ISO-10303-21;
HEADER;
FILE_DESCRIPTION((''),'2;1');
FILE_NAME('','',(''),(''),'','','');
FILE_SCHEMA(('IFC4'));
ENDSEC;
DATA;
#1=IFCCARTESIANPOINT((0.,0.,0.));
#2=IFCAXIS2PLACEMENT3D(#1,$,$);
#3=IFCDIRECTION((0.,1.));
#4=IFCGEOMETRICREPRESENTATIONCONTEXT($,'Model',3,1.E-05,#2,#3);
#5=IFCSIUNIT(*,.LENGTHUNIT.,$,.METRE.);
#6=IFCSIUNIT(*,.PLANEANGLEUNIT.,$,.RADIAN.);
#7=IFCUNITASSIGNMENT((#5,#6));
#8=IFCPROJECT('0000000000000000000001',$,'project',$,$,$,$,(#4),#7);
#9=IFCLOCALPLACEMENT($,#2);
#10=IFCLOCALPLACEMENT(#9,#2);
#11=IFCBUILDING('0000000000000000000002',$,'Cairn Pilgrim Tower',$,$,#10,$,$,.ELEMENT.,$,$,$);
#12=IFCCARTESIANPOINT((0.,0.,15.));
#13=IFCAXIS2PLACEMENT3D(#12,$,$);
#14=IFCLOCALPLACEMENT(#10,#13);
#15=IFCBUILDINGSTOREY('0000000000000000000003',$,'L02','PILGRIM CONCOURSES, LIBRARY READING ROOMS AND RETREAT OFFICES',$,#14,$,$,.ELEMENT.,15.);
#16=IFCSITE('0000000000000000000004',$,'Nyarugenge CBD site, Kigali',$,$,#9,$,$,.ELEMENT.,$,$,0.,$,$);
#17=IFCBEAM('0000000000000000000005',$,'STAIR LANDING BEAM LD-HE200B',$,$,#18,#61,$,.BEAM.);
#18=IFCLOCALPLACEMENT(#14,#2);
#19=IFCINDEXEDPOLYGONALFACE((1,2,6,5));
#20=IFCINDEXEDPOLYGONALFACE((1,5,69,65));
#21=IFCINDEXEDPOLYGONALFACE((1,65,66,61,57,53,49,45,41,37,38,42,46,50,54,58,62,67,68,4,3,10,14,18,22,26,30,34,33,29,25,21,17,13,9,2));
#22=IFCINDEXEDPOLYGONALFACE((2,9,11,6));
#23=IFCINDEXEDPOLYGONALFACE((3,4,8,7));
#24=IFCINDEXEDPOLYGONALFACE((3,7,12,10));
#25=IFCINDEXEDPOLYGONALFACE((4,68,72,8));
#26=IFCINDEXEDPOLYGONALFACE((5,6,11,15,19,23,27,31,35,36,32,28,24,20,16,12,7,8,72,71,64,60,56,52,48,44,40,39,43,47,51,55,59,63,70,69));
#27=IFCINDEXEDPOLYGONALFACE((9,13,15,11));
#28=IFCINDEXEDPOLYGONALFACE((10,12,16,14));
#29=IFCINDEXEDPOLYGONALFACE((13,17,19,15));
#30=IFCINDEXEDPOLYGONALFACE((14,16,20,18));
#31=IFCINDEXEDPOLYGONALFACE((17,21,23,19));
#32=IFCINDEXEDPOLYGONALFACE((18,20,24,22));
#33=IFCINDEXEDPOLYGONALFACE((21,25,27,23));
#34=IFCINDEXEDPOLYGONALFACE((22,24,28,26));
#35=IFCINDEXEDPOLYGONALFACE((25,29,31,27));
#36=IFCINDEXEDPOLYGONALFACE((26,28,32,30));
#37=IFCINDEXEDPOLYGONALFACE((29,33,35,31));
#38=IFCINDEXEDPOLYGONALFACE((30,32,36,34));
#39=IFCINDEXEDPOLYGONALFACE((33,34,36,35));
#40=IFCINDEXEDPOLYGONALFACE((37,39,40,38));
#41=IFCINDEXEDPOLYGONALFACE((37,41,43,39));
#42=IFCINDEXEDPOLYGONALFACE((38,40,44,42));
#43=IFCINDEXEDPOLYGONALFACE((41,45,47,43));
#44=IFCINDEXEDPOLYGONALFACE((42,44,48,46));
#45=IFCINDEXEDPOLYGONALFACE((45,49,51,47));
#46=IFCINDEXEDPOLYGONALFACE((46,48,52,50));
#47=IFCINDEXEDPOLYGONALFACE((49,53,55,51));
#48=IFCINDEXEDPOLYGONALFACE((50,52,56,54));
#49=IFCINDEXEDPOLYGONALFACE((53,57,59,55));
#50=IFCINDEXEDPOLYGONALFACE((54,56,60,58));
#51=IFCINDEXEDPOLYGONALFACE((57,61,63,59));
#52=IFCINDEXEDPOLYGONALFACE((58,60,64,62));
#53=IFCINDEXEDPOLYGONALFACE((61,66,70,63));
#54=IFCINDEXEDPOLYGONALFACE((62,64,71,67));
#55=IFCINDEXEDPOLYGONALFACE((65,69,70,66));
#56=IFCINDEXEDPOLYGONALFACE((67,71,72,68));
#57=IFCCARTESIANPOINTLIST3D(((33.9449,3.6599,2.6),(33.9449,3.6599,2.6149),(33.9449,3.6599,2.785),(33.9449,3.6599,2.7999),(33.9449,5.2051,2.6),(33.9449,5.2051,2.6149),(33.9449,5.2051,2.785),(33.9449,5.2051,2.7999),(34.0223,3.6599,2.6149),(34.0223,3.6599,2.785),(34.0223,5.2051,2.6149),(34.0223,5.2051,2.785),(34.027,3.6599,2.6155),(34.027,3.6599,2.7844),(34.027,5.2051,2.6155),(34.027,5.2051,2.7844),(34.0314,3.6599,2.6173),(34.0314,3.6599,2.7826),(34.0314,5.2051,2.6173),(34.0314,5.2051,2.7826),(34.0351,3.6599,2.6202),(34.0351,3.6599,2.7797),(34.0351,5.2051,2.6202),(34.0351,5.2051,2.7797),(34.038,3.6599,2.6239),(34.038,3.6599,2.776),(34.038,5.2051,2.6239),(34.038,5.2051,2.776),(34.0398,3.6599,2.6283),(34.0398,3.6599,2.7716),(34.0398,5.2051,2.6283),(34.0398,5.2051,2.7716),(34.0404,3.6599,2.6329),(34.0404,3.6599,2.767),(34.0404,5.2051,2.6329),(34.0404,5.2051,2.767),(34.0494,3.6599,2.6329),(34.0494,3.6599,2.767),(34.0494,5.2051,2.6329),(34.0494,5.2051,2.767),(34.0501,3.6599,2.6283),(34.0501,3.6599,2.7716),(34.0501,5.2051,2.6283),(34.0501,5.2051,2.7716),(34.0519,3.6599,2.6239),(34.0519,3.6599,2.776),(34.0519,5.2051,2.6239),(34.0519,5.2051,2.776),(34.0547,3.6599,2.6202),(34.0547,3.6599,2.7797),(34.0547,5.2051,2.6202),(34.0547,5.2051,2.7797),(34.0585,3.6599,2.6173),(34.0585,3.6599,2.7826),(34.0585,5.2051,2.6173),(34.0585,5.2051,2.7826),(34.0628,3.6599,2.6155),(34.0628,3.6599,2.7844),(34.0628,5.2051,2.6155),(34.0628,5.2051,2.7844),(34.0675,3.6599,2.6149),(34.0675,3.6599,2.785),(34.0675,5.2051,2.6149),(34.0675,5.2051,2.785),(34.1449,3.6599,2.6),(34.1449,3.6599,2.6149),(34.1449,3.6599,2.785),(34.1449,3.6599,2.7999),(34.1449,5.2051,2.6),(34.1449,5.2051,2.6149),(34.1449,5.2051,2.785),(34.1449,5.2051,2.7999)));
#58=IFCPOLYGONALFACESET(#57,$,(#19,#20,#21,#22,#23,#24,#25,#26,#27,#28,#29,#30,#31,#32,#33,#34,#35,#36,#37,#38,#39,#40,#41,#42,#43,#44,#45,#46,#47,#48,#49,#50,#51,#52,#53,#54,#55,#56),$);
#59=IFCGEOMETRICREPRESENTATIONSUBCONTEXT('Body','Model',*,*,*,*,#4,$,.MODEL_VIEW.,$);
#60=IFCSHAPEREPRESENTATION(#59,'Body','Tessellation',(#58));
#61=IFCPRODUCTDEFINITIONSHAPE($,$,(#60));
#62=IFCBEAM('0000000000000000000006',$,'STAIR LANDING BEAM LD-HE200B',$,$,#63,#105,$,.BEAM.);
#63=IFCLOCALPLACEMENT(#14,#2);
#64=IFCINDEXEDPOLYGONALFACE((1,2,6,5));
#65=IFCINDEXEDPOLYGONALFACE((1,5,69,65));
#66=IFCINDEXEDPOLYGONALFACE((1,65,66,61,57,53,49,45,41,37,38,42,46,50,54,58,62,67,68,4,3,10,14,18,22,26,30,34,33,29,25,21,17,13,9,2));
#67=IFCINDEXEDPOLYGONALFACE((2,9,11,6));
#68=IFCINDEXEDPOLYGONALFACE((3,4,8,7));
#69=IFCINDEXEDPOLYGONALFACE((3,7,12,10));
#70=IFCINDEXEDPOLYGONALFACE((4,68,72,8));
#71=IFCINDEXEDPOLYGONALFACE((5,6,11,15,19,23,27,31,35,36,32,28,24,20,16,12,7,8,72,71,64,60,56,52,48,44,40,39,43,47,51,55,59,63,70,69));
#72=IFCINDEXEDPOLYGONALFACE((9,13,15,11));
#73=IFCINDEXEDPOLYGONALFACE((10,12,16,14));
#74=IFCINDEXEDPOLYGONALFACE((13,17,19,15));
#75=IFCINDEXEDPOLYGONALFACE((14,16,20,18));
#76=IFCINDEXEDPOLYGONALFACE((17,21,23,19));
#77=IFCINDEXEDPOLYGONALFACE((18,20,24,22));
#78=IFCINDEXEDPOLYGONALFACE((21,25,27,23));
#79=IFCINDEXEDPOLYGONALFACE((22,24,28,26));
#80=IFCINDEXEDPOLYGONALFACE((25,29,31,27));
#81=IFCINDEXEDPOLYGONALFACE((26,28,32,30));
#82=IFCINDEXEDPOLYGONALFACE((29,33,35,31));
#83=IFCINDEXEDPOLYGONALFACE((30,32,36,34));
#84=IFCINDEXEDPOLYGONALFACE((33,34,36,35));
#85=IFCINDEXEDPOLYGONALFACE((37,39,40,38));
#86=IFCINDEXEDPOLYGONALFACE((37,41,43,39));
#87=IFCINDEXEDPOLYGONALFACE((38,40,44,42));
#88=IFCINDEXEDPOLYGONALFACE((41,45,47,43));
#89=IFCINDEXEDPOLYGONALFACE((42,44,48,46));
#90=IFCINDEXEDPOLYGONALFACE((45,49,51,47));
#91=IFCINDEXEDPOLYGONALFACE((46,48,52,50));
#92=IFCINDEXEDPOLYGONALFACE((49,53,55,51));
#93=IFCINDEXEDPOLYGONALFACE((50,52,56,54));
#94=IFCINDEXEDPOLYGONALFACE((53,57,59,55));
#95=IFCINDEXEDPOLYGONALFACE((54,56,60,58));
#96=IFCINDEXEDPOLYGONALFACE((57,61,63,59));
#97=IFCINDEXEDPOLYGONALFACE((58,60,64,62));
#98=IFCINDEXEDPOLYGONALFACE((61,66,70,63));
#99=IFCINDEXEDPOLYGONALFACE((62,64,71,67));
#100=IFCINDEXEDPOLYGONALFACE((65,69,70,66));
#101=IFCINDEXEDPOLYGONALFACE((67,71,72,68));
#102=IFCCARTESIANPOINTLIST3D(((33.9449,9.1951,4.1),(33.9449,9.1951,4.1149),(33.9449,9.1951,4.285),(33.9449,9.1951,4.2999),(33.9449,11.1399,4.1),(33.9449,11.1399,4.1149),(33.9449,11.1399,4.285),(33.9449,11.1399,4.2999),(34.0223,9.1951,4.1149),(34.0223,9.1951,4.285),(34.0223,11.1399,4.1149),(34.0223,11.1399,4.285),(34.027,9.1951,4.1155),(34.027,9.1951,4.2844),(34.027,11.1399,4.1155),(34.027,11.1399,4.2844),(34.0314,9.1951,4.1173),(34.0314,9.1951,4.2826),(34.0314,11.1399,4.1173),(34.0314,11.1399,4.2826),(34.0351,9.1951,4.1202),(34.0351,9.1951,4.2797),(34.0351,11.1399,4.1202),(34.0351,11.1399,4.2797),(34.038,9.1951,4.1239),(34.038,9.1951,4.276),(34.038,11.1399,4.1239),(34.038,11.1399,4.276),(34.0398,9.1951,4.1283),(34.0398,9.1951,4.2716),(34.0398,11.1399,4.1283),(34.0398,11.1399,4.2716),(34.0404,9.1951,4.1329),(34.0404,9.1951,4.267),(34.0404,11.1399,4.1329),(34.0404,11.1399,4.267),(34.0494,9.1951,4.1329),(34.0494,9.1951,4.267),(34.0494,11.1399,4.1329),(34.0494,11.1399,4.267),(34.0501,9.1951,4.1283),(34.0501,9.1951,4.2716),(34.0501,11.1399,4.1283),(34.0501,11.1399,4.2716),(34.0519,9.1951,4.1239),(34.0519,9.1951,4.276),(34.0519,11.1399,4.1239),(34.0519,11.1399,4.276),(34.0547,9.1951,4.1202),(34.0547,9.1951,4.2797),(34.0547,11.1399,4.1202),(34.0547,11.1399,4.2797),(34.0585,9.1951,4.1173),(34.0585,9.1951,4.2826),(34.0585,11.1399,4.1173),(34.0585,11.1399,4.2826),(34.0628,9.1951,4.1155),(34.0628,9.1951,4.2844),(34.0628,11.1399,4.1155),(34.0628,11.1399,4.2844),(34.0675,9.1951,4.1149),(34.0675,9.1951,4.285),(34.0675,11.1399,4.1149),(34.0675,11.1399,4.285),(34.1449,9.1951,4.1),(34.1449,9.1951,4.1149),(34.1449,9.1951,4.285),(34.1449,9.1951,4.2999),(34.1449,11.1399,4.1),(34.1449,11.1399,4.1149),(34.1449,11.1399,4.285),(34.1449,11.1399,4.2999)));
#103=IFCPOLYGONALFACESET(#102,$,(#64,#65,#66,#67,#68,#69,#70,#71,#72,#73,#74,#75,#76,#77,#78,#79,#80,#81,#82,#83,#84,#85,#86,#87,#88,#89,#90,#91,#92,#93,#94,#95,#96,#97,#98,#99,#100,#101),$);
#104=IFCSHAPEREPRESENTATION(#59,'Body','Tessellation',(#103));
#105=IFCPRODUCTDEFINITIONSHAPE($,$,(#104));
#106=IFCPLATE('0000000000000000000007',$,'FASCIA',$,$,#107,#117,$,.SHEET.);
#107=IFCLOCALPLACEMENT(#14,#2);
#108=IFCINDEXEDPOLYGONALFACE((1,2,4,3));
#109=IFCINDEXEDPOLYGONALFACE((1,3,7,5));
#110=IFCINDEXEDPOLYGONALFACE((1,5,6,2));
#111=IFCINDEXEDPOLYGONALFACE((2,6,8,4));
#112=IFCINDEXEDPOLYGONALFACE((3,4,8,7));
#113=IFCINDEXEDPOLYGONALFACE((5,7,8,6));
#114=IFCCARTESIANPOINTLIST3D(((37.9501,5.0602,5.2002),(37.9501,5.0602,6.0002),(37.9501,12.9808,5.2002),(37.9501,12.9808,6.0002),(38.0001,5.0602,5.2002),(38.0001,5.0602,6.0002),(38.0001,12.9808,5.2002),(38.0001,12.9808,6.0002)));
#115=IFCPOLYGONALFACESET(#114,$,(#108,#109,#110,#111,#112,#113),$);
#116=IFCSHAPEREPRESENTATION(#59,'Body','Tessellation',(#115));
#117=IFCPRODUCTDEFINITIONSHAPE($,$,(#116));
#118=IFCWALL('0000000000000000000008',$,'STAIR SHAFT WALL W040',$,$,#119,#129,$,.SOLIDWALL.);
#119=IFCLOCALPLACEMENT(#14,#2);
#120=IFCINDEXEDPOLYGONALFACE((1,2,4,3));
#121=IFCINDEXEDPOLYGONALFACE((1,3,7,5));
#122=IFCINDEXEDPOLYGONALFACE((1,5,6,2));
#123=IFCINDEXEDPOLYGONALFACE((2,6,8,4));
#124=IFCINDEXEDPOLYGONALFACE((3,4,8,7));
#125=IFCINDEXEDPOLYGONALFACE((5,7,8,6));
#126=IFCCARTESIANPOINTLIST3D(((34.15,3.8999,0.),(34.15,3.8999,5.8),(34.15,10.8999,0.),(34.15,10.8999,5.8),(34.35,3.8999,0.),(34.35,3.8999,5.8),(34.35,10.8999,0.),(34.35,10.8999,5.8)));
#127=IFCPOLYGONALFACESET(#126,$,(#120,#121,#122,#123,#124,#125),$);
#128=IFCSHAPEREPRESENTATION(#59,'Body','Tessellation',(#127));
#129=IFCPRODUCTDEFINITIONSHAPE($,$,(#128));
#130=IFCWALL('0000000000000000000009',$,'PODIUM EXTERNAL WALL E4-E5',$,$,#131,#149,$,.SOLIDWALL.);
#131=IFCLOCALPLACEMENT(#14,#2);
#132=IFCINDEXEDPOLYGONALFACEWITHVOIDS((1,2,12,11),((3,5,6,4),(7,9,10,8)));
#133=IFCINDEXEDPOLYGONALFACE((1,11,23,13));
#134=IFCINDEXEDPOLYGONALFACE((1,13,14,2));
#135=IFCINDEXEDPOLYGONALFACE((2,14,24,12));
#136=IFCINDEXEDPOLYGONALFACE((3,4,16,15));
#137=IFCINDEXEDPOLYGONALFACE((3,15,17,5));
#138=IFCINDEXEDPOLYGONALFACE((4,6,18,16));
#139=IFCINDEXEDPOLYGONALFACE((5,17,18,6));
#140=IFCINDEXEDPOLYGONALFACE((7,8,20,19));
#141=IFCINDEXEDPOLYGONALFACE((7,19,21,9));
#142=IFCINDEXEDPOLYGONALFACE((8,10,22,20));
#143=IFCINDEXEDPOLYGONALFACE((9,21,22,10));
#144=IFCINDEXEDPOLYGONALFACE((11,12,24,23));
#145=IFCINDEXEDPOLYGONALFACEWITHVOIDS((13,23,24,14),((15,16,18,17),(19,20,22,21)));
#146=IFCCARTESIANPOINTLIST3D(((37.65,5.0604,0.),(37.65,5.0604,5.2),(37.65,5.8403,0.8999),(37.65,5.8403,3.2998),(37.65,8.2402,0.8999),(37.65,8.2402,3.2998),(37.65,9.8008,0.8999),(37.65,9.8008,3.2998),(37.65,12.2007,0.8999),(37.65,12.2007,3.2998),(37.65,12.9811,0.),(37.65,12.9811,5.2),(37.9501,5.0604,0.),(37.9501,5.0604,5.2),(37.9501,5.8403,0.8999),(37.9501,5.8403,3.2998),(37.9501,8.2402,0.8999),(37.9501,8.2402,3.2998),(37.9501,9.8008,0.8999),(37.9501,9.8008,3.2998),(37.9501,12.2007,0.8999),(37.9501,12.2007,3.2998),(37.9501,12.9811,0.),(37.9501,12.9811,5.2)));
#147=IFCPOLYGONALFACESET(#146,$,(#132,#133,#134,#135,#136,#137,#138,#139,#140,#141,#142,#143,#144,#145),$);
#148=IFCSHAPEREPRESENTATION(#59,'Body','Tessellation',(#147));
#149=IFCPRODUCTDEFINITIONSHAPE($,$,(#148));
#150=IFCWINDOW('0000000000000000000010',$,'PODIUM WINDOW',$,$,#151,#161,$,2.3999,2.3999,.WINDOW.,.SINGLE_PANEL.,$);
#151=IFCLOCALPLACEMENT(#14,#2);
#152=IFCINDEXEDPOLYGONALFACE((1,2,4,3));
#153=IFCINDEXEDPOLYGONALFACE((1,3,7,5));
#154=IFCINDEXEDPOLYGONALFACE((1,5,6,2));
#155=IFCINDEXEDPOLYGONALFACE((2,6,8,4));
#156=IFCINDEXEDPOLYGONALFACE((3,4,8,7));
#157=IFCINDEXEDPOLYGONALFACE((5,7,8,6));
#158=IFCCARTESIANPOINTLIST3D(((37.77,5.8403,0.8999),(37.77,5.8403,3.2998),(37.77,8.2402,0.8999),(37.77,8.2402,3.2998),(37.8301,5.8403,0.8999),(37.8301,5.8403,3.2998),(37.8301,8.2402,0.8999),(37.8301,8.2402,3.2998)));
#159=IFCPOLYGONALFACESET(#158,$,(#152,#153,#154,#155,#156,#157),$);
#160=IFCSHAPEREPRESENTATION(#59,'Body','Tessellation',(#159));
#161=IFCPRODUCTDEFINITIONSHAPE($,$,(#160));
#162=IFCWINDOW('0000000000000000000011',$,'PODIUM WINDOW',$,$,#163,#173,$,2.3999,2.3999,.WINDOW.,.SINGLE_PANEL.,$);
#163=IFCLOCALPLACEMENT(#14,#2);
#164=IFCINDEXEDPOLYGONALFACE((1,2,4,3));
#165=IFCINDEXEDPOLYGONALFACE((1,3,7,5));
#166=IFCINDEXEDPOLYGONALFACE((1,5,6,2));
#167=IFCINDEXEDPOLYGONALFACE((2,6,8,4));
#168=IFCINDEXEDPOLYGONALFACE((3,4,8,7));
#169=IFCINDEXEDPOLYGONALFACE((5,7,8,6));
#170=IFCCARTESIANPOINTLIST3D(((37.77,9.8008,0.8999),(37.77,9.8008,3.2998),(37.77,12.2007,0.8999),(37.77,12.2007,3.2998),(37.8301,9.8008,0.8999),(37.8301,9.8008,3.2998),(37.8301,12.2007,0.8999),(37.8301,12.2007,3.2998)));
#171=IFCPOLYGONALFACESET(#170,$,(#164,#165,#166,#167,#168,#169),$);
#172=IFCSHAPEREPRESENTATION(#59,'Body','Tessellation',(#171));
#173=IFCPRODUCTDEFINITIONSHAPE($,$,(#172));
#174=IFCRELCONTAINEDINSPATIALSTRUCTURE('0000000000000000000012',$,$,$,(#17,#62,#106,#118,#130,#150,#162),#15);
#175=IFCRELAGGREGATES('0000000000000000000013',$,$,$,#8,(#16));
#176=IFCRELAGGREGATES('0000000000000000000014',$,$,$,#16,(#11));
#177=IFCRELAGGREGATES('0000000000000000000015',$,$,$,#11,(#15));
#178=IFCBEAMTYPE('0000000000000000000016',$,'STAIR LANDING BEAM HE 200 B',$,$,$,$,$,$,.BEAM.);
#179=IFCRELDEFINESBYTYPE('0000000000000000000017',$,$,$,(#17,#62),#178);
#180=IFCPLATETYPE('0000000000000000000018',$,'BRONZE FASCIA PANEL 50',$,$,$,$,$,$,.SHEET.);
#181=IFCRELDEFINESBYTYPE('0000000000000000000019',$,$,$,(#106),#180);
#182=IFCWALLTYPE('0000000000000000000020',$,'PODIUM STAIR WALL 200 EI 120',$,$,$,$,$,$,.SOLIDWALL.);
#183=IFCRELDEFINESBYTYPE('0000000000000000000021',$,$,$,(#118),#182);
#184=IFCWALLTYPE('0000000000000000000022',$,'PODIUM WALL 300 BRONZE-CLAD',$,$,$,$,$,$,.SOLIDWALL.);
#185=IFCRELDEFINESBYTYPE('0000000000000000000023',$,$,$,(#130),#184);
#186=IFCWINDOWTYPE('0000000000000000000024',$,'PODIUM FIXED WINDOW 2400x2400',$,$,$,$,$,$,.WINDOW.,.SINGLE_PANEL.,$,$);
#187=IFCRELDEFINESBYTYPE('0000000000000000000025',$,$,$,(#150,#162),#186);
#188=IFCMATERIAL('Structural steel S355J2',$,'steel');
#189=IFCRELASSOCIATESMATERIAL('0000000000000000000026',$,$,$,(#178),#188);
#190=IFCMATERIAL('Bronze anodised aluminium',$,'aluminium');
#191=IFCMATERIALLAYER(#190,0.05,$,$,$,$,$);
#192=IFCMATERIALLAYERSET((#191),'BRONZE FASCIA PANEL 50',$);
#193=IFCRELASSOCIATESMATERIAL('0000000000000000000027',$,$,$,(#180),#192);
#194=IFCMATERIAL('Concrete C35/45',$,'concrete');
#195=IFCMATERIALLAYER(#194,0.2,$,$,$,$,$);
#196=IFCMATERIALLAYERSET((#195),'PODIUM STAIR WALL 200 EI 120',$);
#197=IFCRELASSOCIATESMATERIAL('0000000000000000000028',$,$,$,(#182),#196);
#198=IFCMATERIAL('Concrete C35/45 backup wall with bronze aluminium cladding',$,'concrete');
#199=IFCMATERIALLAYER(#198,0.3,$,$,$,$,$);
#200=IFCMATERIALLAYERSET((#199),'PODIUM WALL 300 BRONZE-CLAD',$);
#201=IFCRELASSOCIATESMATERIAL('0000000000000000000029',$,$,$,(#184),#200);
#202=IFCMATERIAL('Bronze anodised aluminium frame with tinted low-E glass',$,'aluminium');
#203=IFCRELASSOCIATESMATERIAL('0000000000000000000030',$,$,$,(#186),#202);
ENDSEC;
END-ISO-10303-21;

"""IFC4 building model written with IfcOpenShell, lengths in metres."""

from ifc_helpers import new_model, si_unit, direction, frame, frame_2d, origin, origin_2d, place, context, subcontext, project, spatial, rectangle, i_section, extrude, material, layer, layer_set, material_profile, profile_set, type_object, element, fill, save


model = new_model("IFC4")

# Units and contexts
model_context = context("Model", 3, precision=1e-05, world=origin(), true_north=direction((0.0, 1.0)))
body_context = subcontext(model_context, "Body", "Model", "MODEL_VIEW")
ifc_project = project(units=[si_unit("LENGTHUNIT", "METRE"), si_unit("PLANEANGLEUNIT", "RADIAN")], contexts=[model_context])

# Site, building, storey
site_placement = place(None, origin())
site = spatial("IfcSite", under=ifc_project, at=site_placement, Name="Nyarugenge CBD site, Kigali", CompositionType="ELEMENT", RefElevation=0.0)
building_placement = place(site_placement, origin())
building = spatial("IfcBuilding", under=site, at=building_placement, Name="Cairn Pilgrim Tower", CompositionType="ELEMENT")
storey_placement = place(building_placement, frame((0.0, 0.0, 15.0)))
storey = spatial("IfcBuildingStorey", under=building, at=storey_placement, Name="L02", Description="PILGRIM CONCOURSES, LIBRARY READING ROOMS AND RETREAT OFFICES", CompositionType="ELEMENT", Elevation=15.0)

# Shared definitions
ifc_material_1 = material(Name="Structural steel S355J2", Category="steel")

# Beams
ifc_material_profile_1 = material_profile(ifc_material_1, i_section(OverallWidth=0.2, OverallDepth=0.2, WebThickness=0.009, FlangeThickness=0.0149, FilletRadius=0.0181, at=origin_2d()), Name="HE 200 B")
ifc_profile_set_1 = profile_set([ifc_material_profile_1], Name="Structural steel S355J2")
beam_type_1 = type_object("IfcBeamType", Name="STAIR LANDING BEAM HE 200 B", PredefinedType="BEAM", material=ifc_profile_set_1)
beam_1_placement = place(storey_placement, frame((34.0449, 3.6599, 2.7), z_axis=(0.0, 1.0, 0.0), x_axis=(-1.0, 0.0, 0.0)))
element("IfcBeam", 1, at=beam_1_placement, inside=storey, type_object=beam_type_1, Name="STAIR LANDING BEAM LD-HE200B", PredefinedType="BEAM", context=body_context, shape_type="SweptSolid", body=[
    extrude(i_section(OverallWidth=0.2, OverallDepth=0.2, WebThickness=0.009, FlangeThickness=0.0149, FilletRadius=0.0181, at=origin_2d()), origin(), (0.0, 0.0, 1.0), 1.5452),
])
beam_2_placement = place(storey_placement, frame((34.0449, 11.1399, 4.2), z_axis=(0.0, -1.0, 0.0), x_axis=(1.0, 0.0, 0.0)))
element("IfcBeam", 2, at=beam_2_placement, inside=storey, type_object=beam_type_1, Name="STAIR LANDING BEAM LD-HE200B", PredefinedType="BEAM", context=body_context, shape_type="SweptSolid", body=[
    extrude(i_section(OverallWidth=0.2, OverallDepth=0.2, WebThickness=0.009, FlangeThickness=0.0149, FilletRadius=0.0181, at=origin_2d()), origin(), (0.0, 0.0, 1.0), 1.9448),
])

# Plate
ifc_material_2 = material(Name="Bronze anodised aluminium", Category="aluminium")
ifc_layer_1 = layer(ifc_material_2, 0.05)
ifc_layer_set_1 = layer_set([ifc_layer_1], Name="BRONZE FASCIA PANEL 50")
plate_type = type_object("IfcPlateType", Name="BRONZE FASCIA PANEL 50", PredefinedType="SHEET", material=ifc_layer_set_1)
plate_placement = place(storey_placement, frame((37.9751, 9.0205, 5.2002), z_axis=(0.0, 0.0, 1.0), x_axis=(0.0, 1.0, 0.0)))
element("IfcPlate", 3, at=plate_placement, inside=storey, type_object=plate_type, Name="FASCIA", PredefinedType="SHEET", context=body_context, shape_type="SweptSolid", body=[
    extrude(rectangle(XDim=7.9207, YDim=0.05, at=origin_2d()), origin(), (0.0, 0.0, 1.0), 0.8),
])

# Wall
ifc_material_3 = material(Name="Concrete C35/45", Category="concrete")
ifc_layer_2 = layer(ifc_material_3, 0.2)
ifc_layer_set_2 = layer_set([ifc_layer_2], Name="PODIUM STAIR WALL 200 EI 120")
wall_type_1 = type_object("IfcWallType", Name="PODIUM STAIR WALL 200 EI 120", PredefinedType="SOLIDWALL", material=ifc_layer_set_2)
wall_1_placement = place(storey_placement, frame((34.25, 3.8999, 0.0), z_axis=(0.0, 0.0, 1.0), x_axis=(0.0, 1.0, 0.0)))
element("IfcWall", 4, at=wall_1_placement, inside=storey, type_object=wall_type_1, Name="STAIR SHAFT WALL W040", PredefinedType="SOLIDWALL", context=body_context, shape_type="SweptSolid", body=[
    extrude(rectangle(XDim=7.0, YDim=0.2, at=frame_2d((3.5, 0.0))), origin(), (0.0, 0.0, 1.0), 5.8),
])

# Wall, openings, windows
ifc_material_4 = material(Name="Concrete C35/45 backup wall with bronze aluminium cladding", Category="concrete")
ifc_layer_3 = layer(ifc_material_4, 0.3)
ifc_layer_set_3 = layer_set([ifc_layer_3], Name="PODIUM WALL 300 BRONZE-CLAD")
wall_type_2 = type_object("IfcWallType", Name="PODIUM WALL 300 BRONZE-CLAD", PredefinedType="SOLIDWALL", material=ifc_layer_set_3)
wall_2_placement = place(storey_placement, frame((37.8, 5.0603, 0.0), z_axis=(0.0, 0.0, 1.0), x_axis=(0.0, 1.0, 0.0)))
wall_2 = element("IfcWall", 5, at=wall_2_placement, inside=storey, type_object=wall_type_2, Name="PODIUM EXTERNAL WALL E4-E5", PredefinedType="SOLIDWALL", context=body_context, shape_type="SweptSolid", body=[
    extrude(rectangle(XDim=7.9207, YDim=0.3, at=frame_2d((3.9604, 0.0))), origin(), (0.0, 0.0, 1.0), 5.2),
])
opening_1_placement = place(wall_2_placement, frame((0.78, 0.0, 0.8999)))
opening_1 = element("IfcOpeningElement", 6, at=opening_1_placement, cuts=wall_2, PredefinedType="OPENING", context=body_context, shape_type="SweptSolid", body=[
    extrude(rectangle(XDim=2.3999, YDim=2.3999, at=frame_2d((1.2, 1.2))), frame((0.0, 0.1602, 0.0), z_axis=(0.0, -1.0, 0.0), x_axis=(1.0, 0.0, 0.0)), (0.0, 0.0, 1.0), 0.3201),
])
opening_2_placement = place(wall_2_placement, frame((4.7405, 0.0, 0.8999)))
opening_2 = element("IfcOpeningElement", 7, at=opening_2_placement, cuts=wall_2, PredefinedType="OPENING", context=body_context, shape_type="SweptSolid", body=[
    extrude(rectangle(XDim=2.3999, YDim=2.3999, at=frame_2d((1.2, 1.2))), frame((0.0, 0.1602, 0.0), z_axis=(0.0, -1.0, 0.0), x_axis=(1.0, 0.0, 0.0)), (0.0, 0.0, 1.0), 0.3201),
])
ifc_material_5 = material(Name="Bronze anodised aluminium frame with tinted low-E glass", Category="aluminium")
window_type = type_object("IfcWindowType", Name="PODIUM FIXED WINDOW 2400x2400", PartitioningType="SINGLE_PANEL", PredefinedType="WINDOW", material=ifc_material_5)
window_1_placement = place(opening_1_placement, origin())
window_1 = element("IfcWindow", 8, at=window_1_placement, inside=storey, type_object=window_type, Name="PODIUM WINDOW", OverallHeight=2.3999, OverallWidth=2.3999, PartitioningType="SINGLE_PANEL", PredefinedType="WINDOW", context=body_context, shape_type="SweptSolid", body=[
    extrude(rectangle(XDim=2.3999, YDim=2.3999, at=frame_2d((1.2, 1.2))), frame((0.0, 0.03, 0.0), z_axis=(0.0, -1.0, 0.0), x_axis=(1.0, 0.0, 0.0)), (0.0, 0.0, 1.0), 0.0601),
])
fill(opening_1, window_1)
window_2_placement = place(opening_2_placement, origin())
window_2 = element("IfcWindow", 9, at=window_2_placement, inside=storey, type_object=window_type, Name="PODIUM WINDOW", OverallHeight=2.3999, OverallWidth=2.3999, PartitioningType="SINGLE_PANEL", PredefinedType="WINDOW", context=body_context, shape_type="SweptSolid", body=[
    extrude(rectangle(XDim=2.3999, YDim=2.3999, at=frame_2d((1.2, 1.2))), frame((0.0, 0.03, 0.0), z_axis=(0.0, -1.0, 0.0), x_axis=(1.0, 0.0, 0.0)), (0.0, 0.0, 1.0), 0.0601),
])
fill(opening_2, window_2)

save(model, "model.ifc")
